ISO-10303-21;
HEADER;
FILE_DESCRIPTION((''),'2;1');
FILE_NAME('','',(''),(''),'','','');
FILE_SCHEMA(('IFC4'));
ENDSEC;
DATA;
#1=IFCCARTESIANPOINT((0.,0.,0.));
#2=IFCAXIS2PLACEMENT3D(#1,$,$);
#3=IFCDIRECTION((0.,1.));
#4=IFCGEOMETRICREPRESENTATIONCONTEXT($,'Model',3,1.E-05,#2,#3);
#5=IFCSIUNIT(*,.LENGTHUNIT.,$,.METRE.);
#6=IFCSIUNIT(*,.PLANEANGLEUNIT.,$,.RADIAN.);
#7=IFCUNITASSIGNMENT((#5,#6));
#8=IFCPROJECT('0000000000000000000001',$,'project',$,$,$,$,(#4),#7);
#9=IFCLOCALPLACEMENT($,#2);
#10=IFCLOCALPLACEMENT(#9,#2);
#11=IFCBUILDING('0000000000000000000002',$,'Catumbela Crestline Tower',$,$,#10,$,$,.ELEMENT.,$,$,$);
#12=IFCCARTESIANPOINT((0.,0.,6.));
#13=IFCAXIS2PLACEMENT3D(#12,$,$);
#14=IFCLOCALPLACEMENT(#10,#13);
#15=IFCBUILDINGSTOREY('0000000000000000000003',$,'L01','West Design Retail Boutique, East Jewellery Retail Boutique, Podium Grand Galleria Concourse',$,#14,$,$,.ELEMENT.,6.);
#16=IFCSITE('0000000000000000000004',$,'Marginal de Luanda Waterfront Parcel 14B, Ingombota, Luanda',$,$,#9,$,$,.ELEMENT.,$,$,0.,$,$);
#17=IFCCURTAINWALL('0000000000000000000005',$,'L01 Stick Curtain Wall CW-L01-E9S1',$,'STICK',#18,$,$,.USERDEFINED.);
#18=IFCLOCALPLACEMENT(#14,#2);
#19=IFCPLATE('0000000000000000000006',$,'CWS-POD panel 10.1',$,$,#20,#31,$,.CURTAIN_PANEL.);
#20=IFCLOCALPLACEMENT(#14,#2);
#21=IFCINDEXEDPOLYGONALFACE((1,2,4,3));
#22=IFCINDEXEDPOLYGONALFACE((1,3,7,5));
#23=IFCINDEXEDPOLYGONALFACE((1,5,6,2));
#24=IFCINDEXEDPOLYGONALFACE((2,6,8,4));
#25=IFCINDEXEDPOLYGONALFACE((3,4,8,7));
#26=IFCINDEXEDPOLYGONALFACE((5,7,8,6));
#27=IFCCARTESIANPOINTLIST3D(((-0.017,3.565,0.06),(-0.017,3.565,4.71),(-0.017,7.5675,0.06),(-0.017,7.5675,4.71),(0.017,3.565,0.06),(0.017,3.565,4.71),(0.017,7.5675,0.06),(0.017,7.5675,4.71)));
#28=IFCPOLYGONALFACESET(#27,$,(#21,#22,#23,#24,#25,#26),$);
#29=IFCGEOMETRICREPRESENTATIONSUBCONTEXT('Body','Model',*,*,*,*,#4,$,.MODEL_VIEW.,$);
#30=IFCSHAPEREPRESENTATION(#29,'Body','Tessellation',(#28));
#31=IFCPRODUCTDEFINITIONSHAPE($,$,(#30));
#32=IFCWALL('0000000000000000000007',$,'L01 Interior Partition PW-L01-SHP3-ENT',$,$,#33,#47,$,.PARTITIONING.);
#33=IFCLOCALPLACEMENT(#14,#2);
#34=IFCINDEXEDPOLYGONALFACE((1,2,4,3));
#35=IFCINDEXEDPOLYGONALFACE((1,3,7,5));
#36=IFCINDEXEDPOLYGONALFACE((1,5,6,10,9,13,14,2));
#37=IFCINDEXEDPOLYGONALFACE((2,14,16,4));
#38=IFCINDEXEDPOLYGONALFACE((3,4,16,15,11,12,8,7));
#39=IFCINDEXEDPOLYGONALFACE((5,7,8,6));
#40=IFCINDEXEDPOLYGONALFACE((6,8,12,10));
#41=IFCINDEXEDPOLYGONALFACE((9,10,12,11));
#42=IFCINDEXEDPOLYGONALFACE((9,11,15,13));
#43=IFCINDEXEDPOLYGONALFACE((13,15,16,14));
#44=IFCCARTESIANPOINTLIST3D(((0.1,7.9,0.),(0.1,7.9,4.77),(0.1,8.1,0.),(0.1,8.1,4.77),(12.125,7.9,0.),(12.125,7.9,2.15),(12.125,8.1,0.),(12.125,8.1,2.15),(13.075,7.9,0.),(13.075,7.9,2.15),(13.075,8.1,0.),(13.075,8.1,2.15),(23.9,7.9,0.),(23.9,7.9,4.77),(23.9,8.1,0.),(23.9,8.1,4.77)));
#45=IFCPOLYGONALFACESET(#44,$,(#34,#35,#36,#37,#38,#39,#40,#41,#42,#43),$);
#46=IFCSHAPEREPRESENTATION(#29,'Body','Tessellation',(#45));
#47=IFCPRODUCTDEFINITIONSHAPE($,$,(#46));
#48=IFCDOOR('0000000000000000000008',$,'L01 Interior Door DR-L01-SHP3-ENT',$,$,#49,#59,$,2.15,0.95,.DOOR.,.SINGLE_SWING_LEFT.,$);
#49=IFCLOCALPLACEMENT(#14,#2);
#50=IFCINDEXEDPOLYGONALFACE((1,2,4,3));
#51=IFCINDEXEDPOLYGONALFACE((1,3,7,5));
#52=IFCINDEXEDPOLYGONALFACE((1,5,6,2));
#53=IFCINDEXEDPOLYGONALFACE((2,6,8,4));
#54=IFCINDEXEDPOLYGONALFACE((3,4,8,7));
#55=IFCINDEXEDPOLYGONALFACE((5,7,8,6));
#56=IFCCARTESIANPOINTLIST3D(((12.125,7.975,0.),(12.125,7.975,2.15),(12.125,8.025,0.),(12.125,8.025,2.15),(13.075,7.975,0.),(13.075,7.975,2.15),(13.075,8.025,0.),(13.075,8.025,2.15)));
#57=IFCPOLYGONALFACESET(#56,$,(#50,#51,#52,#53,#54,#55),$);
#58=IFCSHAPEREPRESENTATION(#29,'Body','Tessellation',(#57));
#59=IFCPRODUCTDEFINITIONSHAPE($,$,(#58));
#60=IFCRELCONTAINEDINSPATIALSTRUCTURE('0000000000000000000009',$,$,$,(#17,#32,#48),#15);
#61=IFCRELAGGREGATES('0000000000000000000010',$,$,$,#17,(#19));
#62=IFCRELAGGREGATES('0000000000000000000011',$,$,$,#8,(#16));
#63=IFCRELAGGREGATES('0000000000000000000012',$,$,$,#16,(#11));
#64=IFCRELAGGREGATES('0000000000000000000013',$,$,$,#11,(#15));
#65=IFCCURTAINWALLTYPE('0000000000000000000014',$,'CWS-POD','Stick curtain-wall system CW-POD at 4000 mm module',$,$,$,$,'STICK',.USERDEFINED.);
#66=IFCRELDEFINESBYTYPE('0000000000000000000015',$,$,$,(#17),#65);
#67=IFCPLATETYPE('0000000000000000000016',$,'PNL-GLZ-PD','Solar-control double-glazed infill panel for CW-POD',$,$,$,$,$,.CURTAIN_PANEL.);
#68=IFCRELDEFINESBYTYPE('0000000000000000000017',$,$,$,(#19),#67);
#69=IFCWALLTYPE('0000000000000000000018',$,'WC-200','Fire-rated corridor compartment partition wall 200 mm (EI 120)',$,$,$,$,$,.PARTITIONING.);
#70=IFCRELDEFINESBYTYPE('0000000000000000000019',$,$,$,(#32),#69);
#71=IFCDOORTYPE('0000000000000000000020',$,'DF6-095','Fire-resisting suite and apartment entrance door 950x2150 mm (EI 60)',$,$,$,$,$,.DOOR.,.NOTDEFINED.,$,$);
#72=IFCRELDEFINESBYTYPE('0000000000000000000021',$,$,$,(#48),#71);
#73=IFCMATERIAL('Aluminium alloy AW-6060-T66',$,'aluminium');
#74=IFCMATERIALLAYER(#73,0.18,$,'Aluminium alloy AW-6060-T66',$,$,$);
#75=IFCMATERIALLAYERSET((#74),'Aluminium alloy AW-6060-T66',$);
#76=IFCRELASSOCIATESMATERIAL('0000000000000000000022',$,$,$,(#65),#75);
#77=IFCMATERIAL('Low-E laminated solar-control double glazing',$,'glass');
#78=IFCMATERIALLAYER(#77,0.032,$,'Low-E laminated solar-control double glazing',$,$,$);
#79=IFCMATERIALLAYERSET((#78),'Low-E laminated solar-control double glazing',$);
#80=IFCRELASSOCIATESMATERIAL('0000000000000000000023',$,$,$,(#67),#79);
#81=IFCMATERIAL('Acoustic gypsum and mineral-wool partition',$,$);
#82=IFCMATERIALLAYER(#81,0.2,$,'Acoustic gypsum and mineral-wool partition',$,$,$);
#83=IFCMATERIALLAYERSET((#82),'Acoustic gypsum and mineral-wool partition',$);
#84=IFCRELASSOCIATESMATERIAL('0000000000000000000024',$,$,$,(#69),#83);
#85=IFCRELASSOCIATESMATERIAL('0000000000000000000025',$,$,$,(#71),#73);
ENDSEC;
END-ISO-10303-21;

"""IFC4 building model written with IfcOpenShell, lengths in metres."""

from ifc_helpers import new_model, si_unit, direction, frame, frame_2d, origin, origin_2d, place, context, subcontext, project, spatial, rectangle, extrude, material, layer, layer_set, type_object, element, fill, aggregate, save


model = new_model("IFC4")

# Units and contexts
model_context = context("Model", 3, precision=1e-05, world=origin(), true_north=direction((0.0, 1.0)))
body_context = subcontext(model_context, "Body", "Model", "MODEL_VIEW")
ifc_project = project(units=[si_unit("LENGTHUNIT", "METRE"), si_unit("PLANEANGLEUNIT", "RADIAN")], contexts=[model_context])

# Site, building, storey
site_placement = place(None, origin())
site = spatial("IfcSite", under=ifc_project, at=site_placement, Name="Marginal de Luanda Waterfront Parcel 14B, Ingombota, Luanda", CompositionType="ELEMENT", RefElevation=0.0)
building_placement = place(site_placement, origin())
building = spatial("IfcBuilding", under=site, at=building_placement, Name="Catumbela Crestline Tower", CompositionType="ELEMENT")
storey_placement = place(building_placement, frame((0.0, 0.0, 6.0)))
storey = spatial("IfcBuildingStorey", under=building, at=storey_placement, Name="L01", Description="West Design Retail Boutique, East Jewellery Retail Boutique, Podium Grand Galleria Concourse", CompositionType="ELEMENT", Elevation=6.0)

# Curtain wall, plate
ifc_material_1 = material(Name="Aluminium alloy AW-6060-T66", Category="aluminium")
ifc_layer_1 = layer(ifc_material_1, 0.18, Name="Aluminium alloy AW-6060-T66")
ifc_layer_set_1 = layer_set([ifc_layer_1], Name="Aluminium alloy AW-6060-T66")
curtain_wall_type = type_object("IfcCurtainWallType", Name="CWS-POD", Description="Stick curtain-wall system CW-POD at 4000 mm module", ElementType="STICK", PredefinedType="USERDEFINED", material=ifc_layer_set_1)
curtain_wall_placement = place(storey_placement, origin())
curtain_wall = element("IfcCurtainWall", 1, at=curtain_wall_placement, inside=storey, type_object=curtain_wall_type, Name="L01 Stick Curtain Wall CW-L01-E9S1", ObjectType="STICK", PredefinedType="USERDEFINED")
ifc_material_2 = material(Name="Low-E laminated solar-control double glazing", Category="glass")
ifc_layer_2 = layer(ifc_material_2, 0.032, Name="Low-E laminated solar-control double glazing")
ifc_layer_set_2 = layer_set([ifc_layer_2], Name="Low-E laminated solar-control double glazing")
plate_type = type_object("IfcPlateType", Name="PNL-GLZ-PD", Description="Solar-control double-glazed infill panel for CW-POD", PredefinedType="CURTAIN_PANEL", material=ifc_layer_set_2)
plate_1_placement = place(storey_placement, frame((0.0, 5.5662, 0.06), z_axis=(0.0, 0.0, 1.0), x_axis=(0.0, -1.0, 0.0)))
plate_1 = element("IfcPlate", 2, at=plate_1_placement, type_object=plate_type, Name="CWS-POD panel 10.1", PredefinedType="CURTAIN_PANEL", context=body_context, shape_type="SweptSolid", body=[
    extrude(rectangle(XDim=4.0025, YDim=0.034, at=origin_2d()), origin(), (0.0, 0.0, 1.0), 4.65),
])
aggregate(curtain_wall, [plate_1])

# Wall, opening, door
ifc_material_3 = material(Name="Acoustic gypsum and mineral-wool partition")
ifc_layer_3 = layer(ifc_material_3, 0.2, Name="Acoustic gypsum and mineral-wool partition")
ifc_layer_set_3 = layer_set([ifc_layer_3], Name="Acoustic gypsum and mineral-wool partition")
wall_type = type_object("IfcWallType", Name="WC-200", Description="Fire-rated corridor compartment partition wall 200 mm (EI 120)", PredefinedType="PARTITIONING", material=ifc_layer_set_3)
wall_placement = place(storey_placement, frame((0.1, 8.0, 0.0), z_axis=(0.0, 0.0, 1.0), x_axis=(1.0, 0.0, 0.0)))
wall = element("IfcWall", 3, at=wall_placement, inside=storey, type_object=wall_type, Name="L01 Interior Partition PW-L01-SHP3-ENT", PredefinedType="PARTITIONING", context=body_context, shape_type="SweptSolid", body=[
    extrude(rectangle(XDim=23.8, YDim=0.2, at=frame_2d((11.9, 0.0))), origin(), (0.0, 0.0, 1.0), 4.77),
])
opening_placement = place(wall_placement, frame((12.025, 0.0, 0.0)))
opening = element("IfcOpeningElement", 4, at=opening_placement, cuts=wall, PredefinedType="OPENING", context=body_context, shape_type="SweptSolid", body=[
    extrude(rectangle(XDim=0.95, YDim=2.15, at=frame_2d((0.475, 1.075))), frame((0.0, 0.11, 0.0), z_axis=(0.0, -1.0, 0.0), x_axis=(1.0, 0.0, 0.0)), (0.0, 0.0, 1.0), 0.22),
])
door_type = type_object("IfcDoorType", Name="DF6-095", Description="Fire-resisting suite and apartment entrance door 950x2150 mm (EI 60)", OperationType="NOTDEFINED", PredefinedType="DOOR", material=ifc_material_1)
door_placement = place(opening_placement, origin())
door = element("IfcDoor", 5, at=door_placement, inside=storey, type_object=door_type, Name="L01 Interior Door DR-L01-SHP3-ENT", OperationType="SINGLE_SWING_LEFT", OverallHeight=2.15, OverallWidth=0.95, PredefinedType="DOOR", context=body_context, shape_type="SweptSolid", body=[
    extrude(rectangle(XDim=0.95, YDim=2.15, at=frame_2d((0.475, 1.075))), frame((0.0, 0.025, 0.0), z_axis=(0.0, -1.0, 0.0), x_axis=(1.0, 0.0, 0.0)), (0.0, 0.0, 1.0), 0.05),
])
fill(opening, door)

save(model, "model.ifc")
